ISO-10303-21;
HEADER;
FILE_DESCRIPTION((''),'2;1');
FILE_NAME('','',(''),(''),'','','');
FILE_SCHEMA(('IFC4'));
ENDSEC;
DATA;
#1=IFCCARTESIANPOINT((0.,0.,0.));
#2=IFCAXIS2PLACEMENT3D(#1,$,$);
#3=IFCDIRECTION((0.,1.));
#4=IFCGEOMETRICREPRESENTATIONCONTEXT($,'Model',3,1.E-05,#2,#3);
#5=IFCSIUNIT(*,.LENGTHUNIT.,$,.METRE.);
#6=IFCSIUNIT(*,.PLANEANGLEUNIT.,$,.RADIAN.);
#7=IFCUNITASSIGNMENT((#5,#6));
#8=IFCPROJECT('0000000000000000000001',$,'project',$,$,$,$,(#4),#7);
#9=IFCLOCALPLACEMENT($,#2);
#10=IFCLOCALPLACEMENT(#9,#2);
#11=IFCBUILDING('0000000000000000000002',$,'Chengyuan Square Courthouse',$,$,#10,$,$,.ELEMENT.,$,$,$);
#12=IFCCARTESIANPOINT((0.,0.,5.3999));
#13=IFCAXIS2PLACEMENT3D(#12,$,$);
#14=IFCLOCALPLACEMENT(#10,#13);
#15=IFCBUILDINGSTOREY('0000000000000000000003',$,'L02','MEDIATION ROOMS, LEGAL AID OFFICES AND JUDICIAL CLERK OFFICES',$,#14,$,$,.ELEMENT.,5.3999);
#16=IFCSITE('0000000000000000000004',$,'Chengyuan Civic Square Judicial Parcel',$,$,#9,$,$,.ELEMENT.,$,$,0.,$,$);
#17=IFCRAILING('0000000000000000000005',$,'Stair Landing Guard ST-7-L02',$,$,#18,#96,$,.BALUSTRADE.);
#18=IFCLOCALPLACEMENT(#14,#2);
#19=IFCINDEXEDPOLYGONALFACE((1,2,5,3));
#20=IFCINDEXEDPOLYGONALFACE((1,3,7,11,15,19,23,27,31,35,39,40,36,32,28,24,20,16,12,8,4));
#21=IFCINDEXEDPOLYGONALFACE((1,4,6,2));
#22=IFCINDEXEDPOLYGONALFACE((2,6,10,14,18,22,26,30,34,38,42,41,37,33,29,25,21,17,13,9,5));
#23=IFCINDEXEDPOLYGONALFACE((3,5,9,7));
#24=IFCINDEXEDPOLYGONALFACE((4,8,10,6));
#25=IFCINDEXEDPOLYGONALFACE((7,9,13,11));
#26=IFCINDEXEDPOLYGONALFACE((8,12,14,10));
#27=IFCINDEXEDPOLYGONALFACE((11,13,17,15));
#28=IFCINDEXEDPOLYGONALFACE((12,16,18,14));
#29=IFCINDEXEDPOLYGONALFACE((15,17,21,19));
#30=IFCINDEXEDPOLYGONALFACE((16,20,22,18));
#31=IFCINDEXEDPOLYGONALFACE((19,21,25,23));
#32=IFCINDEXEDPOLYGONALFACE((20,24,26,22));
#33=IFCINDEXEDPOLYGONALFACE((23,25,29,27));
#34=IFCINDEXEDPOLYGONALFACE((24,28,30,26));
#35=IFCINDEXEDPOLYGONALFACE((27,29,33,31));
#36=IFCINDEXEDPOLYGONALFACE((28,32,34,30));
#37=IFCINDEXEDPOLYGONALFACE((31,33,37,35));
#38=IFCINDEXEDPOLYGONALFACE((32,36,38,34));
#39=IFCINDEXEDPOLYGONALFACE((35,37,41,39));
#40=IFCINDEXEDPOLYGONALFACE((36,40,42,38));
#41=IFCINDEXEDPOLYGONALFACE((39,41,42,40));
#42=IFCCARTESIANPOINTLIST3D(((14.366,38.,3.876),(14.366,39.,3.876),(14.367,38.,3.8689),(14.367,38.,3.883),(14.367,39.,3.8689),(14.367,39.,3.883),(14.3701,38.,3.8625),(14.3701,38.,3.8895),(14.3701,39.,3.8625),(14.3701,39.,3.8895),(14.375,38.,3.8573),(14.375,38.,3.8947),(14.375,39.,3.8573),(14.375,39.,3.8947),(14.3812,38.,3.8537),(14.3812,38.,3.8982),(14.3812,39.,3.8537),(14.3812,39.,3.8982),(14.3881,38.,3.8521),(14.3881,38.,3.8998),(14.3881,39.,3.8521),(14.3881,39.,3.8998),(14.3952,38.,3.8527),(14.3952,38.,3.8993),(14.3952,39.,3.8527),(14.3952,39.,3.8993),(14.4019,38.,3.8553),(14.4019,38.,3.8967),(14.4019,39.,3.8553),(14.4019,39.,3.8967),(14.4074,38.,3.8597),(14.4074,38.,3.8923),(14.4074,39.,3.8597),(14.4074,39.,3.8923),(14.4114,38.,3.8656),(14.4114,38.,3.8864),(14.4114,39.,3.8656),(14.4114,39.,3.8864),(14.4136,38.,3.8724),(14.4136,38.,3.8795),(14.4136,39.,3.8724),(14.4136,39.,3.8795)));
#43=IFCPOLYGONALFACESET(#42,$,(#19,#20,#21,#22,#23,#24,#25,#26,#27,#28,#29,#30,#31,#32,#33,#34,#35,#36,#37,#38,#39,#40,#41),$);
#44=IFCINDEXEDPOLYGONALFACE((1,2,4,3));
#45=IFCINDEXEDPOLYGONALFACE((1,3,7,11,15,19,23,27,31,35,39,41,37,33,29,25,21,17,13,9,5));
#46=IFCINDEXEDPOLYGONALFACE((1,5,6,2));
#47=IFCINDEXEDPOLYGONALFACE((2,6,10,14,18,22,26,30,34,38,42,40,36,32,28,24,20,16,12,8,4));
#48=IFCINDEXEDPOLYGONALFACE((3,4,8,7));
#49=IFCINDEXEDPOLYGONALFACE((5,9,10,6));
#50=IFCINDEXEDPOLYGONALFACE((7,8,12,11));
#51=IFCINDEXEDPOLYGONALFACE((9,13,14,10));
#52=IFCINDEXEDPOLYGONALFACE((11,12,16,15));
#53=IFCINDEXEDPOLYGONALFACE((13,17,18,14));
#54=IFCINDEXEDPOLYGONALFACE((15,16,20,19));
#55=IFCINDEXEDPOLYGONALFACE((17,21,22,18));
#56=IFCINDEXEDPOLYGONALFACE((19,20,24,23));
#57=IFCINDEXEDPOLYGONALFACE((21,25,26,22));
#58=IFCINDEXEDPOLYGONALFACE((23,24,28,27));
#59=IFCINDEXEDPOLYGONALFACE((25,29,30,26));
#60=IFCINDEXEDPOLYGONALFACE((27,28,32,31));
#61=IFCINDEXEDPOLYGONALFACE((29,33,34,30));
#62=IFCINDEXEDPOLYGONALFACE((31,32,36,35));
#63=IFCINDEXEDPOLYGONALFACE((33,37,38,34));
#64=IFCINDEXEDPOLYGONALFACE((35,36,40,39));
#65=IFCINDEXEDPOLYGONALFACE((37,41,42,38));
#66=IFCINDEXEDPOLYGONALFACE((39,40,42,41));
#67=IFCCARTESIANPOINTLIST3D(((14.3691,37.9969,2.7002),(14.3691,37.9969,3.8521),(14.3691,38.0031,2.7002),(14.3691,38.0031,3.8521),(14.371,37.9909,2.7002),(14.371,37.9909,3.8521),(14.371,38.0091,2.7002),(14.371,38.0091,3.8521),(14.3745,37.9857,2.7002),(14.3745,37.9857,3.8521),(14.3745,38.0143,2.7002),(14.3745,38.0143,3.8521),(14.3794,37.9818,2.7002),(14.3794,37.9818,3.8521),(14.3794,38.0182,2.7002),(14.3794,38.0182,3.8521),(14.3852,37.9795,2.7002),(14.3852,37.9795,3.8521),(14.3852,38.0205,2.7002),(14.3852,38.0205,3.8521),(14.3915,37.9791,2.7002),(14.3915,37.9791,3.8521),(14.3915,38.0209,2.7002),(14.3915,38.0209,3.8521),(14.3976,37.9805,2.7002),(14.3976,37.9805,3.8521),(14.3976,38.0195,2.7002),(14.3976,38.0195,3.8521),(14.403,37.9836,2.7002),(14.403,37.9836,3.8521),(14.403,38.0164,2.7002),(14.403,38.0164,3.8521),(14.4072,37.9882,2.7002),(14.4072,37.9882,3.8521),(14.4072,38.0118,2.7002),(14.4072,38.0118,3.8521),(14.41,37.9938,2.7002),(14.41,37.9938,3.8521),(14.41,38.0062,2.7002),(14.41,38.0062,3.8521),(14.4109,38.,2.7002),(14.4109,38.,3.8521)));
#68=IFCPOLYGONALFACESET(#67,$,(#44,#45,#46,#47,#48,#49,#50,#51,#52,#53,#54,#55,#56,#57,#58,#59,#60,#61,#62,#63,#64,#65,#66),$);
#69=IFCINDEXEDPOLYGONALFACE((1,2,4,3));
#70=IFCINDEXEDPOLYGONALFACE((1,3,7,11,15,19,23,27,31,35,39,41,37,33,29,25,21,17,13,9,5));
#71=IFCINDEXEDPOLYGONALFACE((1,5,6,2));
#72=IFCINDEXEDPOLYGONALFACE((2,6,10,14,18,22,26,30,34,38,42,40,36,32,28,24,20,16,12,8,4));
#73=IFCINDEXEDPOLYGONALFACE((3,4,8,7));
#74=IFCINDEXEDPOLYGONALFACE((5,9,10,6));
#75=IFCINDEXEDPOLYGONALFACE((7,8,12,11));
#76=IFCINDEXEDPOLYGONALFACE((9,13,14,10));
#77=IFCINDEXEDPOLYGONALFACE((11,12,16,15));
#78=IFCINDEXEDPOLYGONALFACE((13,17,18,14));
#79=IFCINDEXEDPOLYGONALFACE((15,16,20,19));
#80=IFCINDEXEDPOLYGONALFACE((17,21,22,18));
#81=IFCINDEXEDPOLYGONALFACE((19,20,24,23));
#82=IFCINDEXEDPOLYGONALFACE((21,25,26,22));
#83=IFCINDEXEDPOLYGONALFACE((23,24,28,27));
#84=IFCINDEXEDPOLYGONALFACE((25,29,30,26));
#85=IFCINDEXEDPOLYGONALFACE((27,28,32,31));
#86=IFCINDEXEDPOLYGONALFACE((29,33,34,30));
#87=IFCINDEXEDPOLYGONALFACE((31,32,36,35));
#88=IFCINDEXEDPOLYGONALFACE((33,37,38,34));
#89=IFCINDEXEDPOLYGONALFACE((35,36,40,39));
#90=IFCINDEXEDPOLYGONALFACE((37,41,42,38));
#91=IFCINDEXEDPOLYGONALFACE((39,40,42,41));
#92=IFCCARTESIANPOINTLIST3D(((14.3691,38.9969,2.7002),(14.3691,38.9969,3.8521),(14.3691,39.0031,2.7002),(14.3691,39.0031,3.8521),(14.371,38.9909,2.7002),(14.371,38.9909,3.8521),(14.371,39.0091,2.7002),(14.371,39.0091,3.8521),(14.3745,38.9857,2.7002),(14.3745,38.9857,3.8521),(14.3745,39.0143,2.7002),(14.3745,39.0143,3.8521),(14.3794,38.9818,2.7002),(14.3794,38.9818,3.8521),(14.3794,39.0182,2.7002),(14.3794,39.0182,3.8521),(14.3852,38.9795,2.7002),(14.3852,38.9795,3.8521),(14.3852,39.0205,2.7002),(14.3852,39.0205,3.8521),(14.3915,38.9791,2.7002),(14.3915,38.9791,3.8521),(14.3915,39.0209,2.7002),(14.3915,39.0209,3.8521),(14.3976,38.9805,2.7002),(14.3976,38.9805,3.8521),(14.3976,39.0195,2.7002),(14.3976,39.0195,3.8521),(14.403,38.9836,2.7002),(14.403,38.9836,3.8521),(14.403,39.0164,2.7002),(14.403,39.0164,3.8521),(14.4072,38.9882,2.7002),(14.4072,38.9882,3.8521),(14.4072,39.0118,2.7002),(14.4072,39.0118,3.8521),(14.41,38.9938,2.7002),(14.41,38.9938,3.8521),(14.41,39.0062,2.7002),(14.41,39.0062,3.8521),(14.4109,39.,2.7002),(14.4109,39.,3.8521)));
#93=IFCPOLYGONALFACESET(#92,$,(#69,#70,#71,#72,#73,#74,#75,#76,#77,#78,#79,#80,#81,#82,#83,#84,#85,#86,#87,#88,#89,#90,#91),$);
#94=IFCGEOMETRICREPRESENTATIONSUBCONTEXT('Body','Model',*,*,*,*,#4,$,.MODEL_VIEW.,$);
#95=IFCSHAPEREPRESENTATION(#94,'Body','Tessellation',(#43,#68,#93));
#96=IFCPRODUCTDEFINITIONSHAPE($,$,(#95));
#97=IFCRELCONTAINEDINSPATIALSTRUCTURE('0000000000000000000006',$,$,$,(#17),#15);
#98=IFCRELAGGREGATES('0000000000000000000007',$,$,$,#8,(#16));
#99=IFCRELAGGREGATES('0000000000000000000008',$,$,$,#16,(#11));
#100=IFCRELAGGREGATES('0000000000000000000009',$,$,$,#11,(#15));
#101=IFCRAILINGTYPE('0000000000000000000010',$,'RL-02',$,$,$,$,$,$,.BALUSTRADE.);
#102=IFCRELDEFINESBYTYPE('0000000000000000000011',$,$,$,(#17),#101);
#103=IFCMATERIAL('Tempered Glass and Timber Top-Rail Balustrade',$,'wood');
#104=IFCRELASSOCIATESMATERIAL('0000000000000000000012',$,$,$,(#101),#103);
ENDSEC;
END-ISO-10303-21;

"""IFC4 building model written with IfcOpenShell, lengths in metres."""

from ifc_helpers import new_model, si_unit, direction, frame, origin, origin_2d, place, context, subcontext, project, spatial, circle, extrude, material, type_object, element, save


model = new_model("IFC4")

# Units and contexts
model_context = context("Model", 3, precision=1e-05, world=origin(), true_north=direction((0.0, 1.0)))
body_context = subcontext(model_context, "Body", "Model", "MODEL_VIEW")
ifc_project = project(units=[si_unit("LENGTHUNIT", "METRE"), si_unit("PLANEANGLEUNIT", "RADIAN")], contexts=[model_context])

# Site, building, storey
site_placement = place(None, origin())
site = spatial("IfcSite", under=ifc_project, at=site_placement, Name="Chengyuan Civic Square Judicial Parcel", CompositionType="ELEMENT", RefElevation=0.0)
building_placement = place(site_placement, origin())
building = spatial("IfcBuilding", under=site, at=building_placement, Name="Chengyuan Square Courthouse", CompositionType="ELEMENT")
storey_placement = place(building_placement, frame((0.0, 0.0, 5.3999)))
storey = spatial("IfcBuildingStorey", under=building, at=storey_placement, Name="L02", Description="MEDIATION ROOMS, LEGAL AID OFFICES AND JUDICIAL CLERK OFFICES", CompositionType="ELEMENT", Elevation=5.3999)

# Railing
ifc_material_1 = material(Name="Tempered Glass and Timber Top-Rail Balustrade", Category="wood")
railing_type_1 = type_object("IfcRailingType", Name="RL-02", PredefinedType="BALUSTRADE", material=ifc_material_1)
railing_1_placement = place(storey_placement, frame((14.3899, 38.0, 2.7002)))
element("IfcRailing", 1, at=railing_1_placement, inside=storey, type_object=railing_type_1, Name="Stair Landing Guard ST-7-L02", PredefinedType="BALUSTRADE", context=body_context, shape_type="SweptSolid", body=[
    extrude(circle(Radius=0.0239, at=origin_2d()), frame((0.0, 0.0, 1.1758), z_axis=(0.0, 1.0, 0.0), x_axis=(-1.0, 0.0, 0.0)), (0.0, 0.0, 1.0), 1.0),
    extrude(circle(Radius=0.021, at=origin_2d()), origin(), (0.0, 0.0, 1.0), 1.1519),
    extrude(circle(Radius=0.021, at=origin_2d()), frame((0.0, 1.0, 0.0)), (0.0, 0.0, 1.0), 1.1519),
])

save(model, "model.ifc")
